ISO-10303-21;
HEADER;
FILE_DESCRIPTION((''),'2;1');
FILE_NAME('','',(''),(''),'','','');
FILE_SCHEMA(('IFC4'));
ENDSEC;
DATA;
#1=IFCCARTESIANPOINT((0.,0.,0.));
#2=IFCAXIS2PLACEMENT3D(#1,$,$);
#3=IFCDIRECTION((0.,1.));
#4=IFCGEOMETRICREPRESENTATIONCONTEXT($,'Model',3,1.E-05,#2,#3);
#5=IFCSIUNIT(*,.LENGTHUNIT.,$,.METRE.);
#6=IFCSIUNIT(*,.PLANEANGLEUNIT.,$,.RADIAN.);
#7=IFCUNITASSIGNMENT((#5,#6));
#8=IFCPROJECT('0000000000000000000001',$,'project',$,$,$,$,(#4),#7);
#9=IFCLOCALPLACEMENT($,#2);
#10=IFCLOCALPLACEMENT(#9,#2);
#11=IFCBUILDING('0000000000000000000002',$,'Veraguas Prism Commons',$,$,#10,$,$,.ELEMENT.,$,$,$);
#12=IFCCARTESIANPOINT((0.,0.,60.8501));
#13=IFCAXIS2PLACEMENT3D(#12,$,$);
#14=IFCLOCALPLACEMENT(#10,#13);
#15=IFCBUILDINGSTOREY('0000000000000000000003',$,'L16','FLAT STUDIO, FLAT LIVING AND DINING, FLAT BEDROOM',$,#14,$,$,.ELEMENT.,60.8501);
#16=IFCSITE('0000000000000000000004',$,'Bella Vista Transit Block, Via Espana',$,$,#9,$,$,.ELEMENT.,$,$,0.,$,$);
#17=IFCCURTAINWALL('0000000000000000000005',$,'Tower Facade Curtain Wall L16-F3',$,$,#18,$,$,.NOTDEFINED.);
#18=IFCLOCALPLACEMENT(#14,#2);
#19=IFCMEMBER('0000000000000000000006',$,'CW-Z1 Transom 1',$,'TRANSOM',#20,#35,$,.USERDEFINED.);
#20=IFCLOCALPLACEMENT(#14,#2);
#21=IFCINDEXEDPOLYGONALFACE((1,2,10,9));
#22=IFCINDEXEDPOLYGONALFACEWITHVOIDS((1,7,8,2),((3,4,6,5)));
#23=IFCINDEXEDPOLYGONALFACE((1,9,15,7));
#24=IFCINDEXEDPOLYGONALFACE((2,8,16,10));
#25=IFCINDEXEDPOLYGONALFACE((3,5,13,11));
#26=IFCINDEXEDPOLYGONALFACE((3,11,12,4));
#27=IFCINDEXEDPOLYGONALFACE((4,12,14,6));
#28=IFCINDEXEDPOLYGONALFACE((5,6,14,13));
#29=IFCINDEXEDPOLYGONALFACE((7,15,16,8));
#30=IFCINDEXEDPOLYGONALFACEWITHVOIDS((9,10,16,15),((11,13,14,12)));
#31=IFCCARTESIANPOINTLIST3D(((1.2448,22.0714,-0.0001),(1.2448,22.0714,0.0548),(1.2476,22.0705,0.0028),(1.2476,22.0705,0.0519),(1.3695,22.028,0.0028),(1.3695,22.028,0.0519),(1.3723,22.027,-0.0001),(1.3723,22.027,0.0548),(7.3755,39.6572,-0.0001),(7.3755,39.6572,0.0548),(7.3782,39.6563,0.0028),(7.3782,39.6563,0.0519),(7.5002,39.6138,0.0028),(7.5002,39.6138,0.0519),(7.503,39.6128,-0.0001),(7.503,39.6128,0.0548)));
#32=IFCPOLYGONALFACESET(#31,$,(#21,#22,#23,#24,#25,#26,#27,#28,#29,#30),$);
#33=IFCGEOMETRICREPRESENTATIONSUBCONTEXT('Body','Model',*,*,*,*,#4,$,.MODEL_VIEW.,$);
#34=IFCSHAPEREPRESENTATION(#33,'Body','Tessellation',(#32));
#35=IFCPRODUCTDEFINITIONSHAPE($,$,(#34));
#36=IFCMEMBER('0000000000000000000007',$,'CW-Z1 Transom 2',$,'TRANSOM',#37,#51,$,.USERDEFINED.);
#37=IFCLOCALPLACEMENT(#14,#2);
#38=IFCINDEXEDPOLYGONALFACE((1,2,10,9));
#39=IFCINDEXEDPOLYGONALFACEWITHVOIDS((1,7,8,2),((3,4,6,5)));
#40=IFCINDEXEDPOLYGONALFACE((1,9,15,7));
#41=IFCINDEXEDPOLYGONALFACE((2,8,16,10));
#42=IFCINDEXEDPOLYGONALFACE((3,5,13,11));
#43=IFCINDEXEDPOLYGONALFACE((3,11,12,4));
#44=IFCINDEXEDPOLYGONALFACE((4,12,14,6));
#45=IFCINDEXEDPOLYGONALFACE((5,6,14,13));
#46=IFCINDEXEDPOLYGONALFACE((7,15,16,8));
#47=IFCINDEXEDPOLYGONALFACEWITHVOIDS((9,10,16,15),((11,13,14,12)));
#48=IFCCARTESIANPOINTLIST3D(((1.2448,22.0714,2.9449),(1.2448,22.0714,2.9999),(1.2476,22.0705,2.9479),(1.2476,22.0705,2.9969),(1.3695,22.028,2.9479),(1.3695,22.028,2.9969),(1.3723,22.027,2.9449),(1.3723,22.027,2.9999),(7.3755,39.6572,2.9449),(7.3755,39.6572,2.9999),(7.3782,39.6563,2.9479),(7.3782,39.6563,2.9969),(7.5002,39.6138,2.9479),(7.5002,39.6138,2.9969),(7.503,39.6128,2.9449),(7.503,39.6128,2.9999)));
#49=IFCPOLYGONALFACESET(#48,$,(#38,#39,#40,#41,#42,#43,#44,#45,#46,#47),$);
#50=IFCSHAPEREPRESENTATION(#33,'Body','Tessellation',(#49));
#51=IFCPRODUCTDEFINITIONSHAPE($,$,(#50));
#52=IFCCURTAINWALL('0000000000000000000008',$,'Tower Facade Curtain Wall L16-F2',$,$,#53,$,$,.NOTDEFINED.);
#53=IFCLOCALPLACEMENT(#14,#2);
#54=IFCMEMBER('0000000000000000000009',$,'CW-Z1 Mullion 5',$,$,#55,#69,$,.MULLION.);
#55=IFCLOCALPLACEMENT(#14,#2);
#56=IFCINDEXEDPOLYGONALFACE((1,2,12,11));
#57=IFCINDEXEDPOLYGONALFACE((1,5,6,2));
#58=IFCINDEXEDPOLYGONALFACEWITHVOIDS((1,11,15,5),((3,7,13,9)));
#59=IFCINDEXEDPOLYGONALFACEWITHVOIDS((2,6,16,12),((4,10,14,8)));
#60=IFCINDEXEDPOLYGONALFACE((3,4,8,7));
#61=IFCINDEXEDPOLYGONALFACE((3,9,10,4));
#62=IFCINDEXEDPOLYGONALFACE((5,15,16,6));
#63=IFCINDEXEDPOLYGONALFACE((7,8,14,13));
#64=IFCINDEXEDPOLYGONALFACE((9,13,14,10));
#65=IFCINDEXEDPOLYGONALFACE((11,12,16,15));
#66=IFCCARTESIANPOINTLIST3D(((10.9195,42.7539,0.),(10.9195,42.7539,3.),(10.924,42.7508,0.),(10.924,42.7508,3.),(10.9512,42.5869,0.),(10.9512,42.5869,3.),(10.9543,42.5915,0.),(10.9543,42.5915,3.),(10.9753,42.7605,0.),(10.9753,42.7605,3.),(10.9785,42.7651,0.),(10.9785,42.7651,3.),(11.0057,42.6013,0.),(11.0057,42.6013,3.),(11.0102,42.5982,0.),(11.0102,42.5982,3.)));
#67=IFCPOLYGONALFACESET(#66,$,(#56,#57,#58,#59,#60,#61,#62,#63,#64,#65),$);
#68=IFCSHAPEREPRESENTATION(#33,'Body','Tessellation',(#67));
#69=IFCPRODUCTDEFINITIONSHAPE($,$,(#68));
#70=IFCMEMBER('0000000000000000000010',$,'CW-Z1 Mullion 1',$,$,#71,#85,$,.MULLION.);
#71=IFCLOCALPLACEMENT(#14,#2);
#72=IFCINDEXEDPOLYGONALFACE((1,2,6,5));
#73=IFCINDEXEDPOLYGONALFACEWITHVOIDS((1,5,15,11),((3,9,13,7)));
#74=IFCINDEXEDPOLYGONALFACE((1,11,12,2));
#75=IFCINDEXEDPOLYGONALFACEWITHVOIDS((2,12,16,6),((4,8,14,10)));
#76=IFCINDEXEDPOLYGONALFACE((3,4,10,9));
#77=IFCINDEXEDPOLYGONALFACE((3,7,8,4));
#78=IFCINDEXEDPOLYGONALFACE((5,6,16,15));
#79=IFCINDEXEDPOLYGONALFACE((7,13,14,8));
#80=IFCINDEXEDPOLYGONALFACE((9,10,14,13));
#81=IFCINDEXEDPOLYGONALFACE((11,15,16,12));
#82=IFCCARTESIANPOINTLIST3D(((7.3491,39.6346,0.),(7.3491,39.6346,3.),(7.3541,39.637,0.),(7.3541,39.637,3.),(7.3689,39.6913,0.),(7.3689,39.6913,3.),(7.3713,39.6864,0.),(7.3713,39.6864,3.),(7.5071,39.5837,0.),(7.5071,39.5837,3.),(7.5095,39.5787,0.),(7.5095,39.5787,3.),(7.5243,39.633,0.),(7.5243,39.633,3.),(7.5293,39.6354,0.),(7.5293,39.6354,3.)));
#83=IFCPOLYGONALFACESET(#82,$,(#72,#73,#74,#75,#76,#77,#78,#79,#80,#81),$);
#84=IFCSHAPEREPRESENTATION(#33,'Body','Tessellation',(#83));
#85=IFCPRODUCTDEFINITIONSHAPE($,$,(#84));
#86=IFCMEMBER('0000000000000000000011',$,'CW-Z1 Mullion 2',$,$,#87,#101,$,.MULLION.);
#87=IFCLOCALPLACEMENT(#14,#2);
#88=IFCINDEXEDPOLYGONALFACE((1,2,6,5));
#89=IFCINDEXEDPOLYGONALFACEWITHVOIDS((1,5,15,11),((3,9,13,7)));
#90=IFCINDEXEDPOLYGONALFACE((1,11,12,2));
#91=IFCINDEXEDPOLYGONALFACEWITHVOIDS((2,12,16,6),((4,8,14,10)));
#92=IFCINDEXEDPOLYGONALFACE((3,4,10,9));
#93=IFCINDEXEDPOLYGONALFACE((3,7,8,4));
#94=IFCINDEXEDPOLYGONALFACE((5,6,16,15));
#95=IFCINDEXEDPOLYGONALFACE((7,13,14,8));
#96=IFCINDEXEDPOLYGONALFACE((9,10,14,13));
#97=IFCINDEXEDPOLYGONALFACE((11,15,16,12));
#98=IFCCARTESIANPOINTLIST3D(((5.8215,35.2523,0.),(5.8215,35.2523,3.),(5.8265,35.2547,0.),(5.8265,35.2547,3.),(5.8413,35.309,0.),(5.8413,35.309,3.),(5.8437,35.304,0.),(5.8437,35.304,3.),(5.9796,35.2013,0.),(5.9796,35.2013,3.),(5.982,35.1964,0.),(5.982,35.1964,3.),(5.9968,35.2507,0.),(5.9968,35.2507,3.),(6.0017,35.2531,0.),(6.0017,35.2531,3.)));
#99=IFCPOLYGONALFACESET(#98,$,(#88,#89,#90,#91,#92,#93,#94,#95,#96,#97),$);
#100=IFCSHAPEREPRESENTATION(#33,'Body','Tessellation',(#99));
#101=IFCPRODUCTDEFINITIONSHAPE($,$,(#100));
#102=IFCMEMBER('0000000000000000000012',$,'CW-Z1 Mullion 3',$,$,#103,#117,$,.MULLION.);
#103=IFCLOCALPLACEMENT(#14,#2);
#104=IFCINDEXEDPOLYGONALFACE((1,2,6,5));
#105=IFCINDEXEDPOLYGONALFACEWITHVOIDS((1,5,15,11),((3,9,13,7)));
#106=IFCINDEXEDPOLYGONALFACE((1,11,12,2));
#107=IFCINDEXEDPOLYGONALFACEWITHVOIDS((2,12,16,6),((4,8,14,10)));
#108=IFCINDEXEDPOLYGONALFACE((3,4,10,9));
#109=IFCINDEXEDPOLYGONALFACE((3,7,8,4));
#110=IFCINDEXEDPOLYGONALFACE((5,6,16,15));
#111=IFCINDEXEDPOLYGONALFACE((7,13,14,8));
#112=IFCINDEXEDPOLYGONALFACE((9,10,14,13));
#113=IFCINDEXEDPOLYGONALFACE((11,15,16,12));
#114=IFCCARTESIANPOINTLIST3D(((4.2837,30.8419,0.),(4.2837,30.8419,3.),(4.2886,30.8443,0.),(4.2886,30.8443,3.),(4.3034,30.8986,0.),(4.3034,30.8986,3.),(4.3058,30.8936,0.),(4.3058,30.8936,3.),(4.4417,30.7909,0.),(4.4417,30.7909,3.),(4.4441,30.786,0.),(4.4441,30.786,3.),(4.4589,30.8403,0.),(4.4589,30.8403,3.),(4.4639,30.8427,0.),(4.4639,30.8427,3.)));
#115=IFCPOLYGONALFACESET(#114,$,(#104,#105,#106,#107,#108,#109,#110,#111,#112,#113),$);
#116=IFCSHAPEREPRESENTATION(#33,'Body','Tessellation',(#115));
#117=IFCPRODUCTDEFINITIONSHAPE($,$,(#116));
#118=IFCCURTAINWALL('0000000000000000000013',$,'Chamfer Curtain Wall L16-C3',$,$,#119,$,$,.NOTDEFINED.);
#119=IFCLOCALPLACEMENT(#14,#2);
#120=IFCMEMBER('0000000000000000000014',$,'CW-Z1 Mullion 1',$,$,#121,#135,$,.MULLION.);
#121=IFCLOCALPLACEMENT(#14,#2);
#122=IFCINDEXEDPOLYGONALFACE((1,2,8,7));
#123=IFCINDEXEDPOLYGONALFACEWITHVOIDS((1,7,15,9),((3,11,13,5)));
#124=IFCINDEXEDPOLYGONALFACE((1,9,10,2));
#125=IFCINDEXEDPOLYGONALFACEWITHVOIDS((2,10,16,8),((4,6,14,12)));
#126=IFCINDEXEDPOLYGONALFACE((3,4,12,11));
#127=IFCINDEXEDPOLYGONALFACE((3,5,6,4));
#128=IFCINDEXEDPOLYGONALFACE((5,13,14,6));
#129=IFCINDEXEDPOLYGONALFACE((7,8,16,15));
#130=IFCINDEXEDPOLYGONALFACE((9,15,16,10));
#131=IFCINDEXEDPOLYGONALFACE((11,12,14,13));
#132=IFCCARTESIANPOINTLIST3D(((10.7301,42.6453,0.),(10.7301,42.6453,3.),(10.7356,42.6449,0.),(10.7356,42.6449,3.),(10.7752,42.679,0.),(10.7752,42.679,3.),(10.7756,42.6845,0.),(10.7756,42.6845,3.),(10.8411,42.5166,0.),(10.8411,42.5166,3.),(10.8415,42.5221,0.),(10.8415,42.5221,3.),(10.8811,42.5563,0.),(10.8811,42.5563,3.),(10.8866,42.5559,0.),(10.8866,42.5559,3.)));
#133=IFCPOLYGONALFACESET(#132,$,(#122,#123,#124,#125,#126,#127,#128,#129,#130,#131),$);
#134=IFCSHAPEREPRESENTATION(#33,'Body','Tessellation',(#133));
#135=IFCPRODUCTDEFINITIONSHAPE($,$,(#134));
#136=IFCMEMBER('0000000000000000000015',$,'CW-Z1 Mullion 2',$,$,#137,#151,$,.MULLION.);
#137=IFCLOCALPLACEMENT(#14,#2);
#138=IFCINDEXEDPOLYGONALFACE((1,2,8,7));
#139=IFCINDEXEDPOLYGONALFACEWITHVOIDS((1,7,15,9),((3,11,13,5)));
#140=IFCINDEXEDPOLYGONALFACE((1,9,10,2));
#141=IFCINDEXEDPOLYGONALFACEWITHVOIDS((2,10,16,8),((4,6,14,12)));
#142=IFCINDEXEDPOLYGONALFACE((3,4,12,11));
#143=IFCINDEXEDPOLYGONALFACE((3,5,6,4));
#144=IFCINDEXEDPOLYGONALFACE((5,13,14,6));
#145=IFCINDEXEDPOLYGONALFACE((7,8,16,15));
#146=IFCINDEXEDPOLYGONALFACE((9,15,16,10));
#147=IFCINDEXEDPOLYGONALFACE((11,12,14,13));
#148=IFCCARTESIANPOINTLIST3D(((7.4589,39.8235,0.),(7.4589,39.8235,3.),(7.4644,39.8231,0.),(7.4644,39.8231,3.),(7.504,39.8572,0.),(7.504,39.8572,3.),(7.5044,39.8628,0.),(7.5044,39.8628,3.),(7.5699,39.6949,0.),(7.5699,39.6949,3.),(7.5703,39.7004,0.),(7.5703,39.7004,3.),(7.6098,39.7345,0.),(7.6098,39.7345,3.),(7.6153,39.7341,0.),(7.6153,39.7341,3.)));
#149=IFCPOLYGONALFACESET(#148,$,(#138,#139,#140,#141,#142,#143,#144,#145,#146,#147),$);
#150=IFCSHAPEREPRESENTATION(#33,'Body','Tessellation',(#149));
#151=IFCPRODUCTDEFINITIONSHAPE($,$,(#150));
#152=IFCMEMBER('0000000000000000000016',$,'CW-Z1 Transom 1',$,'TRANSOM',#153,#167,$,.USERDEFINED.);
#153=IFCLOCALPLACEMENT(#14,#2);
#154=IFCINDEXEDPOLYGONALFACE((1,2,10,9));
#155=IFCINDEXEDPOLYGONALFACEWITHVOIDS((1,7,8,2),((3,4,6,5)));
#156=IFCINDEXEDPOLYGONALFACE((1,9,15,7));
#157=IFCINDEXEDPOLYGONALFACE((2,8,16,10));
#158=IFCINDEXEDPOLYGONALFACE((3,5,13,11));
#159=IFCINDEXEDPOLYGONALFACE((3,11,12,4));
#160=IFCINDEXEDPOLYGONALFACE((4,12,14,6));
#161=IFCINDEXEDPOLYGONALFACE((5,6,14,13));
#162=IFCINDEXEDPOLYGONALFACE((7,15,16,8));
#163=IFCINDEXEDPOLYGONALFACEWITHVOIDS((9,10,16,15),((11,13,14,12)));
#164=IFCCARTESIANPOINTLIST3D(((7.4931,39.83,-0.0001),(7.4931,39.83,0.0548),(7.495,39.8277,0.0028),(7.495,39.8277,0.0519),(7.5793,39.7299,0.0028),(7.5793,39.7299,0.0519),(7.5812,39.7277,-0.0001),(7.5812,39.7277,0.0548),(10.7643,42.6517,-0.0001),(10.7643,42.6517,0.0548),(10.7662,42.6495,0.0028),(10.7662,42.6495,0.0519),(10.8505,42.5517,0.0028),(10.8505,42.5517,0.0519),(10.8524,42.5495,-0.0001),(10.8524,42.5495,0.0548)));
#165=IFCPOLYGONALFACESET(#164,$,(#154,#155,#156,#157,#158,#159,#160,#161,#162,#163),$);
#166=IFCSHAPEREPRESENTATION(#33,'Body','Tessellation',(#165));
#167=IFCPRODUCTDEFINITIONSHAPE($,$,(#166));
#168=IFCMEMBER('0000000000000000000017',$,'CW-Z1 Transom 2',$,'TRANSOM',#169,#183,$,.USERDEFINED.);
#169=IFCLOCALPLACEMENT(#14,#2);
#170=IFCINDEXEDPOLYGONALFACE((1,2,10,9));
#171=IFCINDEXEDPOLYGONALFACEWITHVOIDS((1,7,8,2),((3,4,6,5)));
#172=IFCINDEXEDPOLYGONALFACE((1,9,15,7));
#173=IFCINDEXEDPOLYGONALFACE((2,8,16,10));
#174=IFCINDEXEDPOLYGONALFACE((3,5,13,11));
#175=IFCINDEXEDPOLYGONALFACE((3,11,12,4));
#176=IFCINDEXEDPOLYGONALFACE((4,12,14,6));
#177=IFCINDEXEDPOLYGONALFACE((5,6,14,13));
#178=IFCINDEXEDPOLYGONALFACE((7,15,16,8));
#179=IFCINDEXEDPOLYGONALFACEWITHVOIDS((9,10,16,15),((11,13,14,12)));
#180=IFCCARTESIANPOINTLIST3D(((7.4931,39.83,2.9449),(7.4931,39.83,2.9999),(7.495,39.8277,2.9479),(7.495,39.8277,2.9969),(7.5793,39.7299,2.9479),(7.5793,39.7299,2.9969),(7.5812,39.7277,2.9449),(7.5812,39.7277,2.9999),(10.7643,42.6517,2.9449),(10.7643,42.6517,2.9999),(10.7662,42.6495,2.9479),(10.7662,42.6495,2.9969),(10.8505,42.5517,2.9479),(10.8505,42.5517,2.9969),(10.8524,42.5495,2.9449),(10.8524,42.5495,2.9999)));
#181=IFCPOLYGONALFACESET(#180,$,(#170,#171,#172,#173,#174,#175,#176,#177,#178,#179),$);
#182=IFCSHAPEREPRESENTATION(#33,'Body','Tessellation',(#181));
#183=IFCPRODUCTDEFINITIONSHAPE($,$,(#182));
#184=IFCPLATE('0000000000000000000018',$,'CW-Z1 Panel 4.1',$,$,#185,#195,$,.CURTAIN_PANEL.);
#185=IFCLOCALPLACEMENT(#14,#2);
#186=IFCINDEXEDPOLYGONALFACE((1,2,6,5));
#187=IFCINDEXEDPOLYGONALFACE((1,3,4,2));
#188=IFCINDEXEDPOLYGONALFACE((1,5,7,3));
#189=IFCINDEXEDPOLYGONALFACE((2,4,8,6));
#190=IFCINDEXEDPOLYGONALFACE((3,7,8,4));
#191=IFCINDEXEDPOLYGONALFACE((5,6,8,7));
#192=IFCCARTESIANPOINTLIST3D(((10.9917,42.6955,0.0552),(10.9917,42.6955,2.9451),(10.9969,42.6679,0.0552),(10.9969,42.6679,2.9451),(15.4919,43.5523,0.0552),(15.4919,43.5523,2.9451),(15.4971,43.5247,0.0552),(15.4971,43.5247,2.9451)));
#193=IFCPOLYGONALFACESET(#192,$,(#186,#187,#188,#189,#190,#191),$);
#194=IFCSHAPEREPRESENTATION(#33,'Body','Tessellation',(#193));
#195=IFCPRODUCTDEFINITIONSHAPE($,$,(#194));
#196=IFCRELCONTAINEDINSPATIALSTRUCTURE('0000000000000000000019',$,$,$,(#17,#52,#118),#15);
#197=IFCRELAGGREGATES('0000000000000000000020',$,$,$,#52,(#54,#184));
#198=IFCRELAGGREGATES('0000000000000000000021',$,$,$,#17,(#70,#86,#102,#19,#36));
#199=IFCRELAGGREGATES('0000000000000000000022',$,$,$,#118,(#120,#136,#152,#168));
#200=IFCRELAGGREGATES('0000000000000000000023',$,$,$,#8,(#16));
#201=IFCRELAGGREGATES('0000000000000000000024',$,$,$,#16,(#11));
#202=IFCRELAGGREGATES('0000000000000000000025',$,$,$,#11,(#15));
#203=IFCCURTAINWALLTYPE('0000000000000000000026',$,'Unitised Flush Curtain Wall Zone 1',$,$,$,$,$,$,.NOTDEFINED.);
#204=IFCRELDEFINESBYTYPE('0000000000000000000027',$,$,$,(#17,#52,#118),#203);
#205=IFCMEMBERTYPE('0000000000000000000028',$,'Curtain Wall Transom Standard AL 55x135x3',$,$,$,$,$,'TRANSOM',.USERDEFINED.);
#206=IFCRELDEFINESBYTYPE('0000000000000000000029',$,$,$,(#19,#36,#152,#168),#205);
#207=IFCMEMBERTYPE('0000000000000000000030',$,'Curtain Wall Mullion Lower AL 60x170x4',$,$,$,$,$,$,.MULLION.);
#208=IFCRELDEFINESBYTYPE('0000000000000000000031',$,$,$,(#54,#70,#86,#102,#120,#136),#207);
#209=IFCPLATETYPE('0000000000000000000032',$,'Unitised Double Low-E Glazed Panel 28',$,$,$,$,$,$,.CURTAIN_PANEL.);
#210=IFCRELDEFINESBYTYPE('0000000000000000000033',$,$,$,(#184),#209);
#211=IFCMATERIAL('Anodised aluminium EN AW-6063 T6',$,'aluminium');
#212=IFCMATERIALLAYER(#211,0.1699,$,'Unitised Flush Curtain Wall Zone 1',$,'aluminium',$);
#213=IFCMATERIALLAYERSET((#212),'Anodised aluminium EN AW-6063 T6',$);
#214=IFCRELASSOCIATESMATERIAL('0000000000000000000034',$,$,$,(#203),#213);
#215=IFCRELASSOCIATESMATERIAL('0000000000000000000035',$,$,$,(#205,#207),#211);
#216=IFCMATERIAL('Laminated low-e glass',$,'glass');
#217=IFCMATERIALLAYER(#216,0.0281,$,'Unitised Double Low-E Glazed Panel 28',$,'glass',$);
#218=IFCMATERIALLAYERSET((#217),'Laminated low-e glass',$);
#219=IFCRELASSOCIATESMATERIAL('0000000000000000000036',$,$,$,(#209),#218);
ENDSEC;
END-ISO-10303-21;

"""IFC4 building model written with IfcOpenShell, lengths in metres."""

from ifc_helpers import new_model, si_unit, direction, frame, origin, origin_2d, place, context, subcontext, project, spatial, rectangle, hollow_rectangle, extrude, source, transform, mapped, material, layer, layer_set, material_profile, profile_set, type_object, element, aggregate, save


model = new_model("IFC4")

# Units and contexts
model_context = context("Model", 3, precision=1e-05, world=origin(), true_north=direction((0.0, 1.0)))
body_context = subcontext(model_context, "Body", "Model", "MODEL_VIEW")
ifc_project = project(units=[si_unit("LENGTHUNIT", "METRE"), si_unit("PLANEANGLEUNIT", "RADIAN")], contexts=[model_context])

# Site, building, storey
site_placement = place(None, origin())
site = spatial("IfcSite", under=ifc_project, at=site_placement, Name="Bella Vista Transit Block, Via Espana", CompositionType="ELEMENT", RefElevation=0.0)
building_placement = place(site_placement, origin())
building = spatial("IfcBuilding", under=site, at=building_placement, Name="Veraguas Prism Commons", CompositionType="ELEMENT")
storey_placement = place(building_placement, frame((0.0, 0.0, 60.8501)))
storey = spatial("IfcBuildingStorey", under=building, at=storey_placement, Name="L16", Description="FLAT STUDIO, FLAT LIVING AND DINING, FLAT BEDROOM", CompositionType="ELEMENT", Elevation=60.8501)

# Curtain wall, members
ifc_material_1 = material(Name="Anodised aluminium EN AW-6063 T6", Category="aluminium")
ifc_layer_1 = layer(ifc_material_1, 0.1699, Name="Unitised Flush Curtain Wall Zone 1", Category="aluminium")
ifc_layer_set_1 = layer_set([ifc_layer_1], Name="Anodised aluminium EN AW-6063 T6")
curtain_wall_type = type_object("IfcCurtainWallType", Name="Unitised Flush Curtain Wall Zone 1", PredefinedType="NOTDEFINED", material=ifc_layer_set_1)
curtain_wall_1_placement = place(storey_placement, origin())
curtain_wall_1 = element("IfcCurtainWall", 1, at=curtain_wall_1_placement, inside=storey, type_object=curtain_wall_type, Name="Tower Facade Curtain Wall L16-F3", PredefinedType="NOTDEFINED")
ifc_material_profile_1 = material_profile(ifc_material_1, hollow_rectangle(XDim=0.0549, YDim=0.135, WallThickness=0.0029, at=origin_2d()), Name="AL55X135X3")
ifc_profile_set_1 = profile_set([ifc_material_profile_1], Name="Anodised aluminium EN AW-6063 T6")
member_type_1 = type_object("IfcMemberType", Name="Curtain Wall Transom Standard AL 55x135x3", ElementType="TRANSOM", PredefinedType="USERDEFINED", material=ifc_profile_set_1)
shared_shape_1 = source(origin(), body_context, "Body", "SweptSolid", [
    extrude(hollow_rectangle(XDim=0.0549, YDim=0.135, WallThickness=0.0029, at=origin_2d()), origin(), (0.0, 0.0, 1.0), 18.6238),
])
member_1_placement = place(storey_placement, frame((7.4392, 39.635, 0.0273), z_axis=(-0.329184, -0.944266, 0.0), x_axis=(0.0, 0.0, 1.0)))
member_1 = element("IfcMember", 2, at=member_1_placement, type_object=member_type_1, Name="CW-Z1 Transom 1", ObjectType="TRANSOM", PredefinedType="USERDEFINED", context=body_context, shape_type="MappedRepresentation", body=[
    mapped(shared_shape_1, transform((0.0, 0.0, 0.0), scale=1.0)),
])
member_2_placement = place(storey_placement, frame((7.4392, 39.635, 2.9724), z_axis=(-0.329184, -0.944266, 0.0), x_axis=(0.0, 0.0, 1.0)))
member_2 = element("IfcMember", 3, at=member_2_placement, type_object=member_type_1, Name="CW-Z1 Transom 2", ObjectType="TRANSOM", PredefinedType="USERDEFINED", context=body_context, shape_type="MappedRepresentation", body=[
    mapped(shared_shape_1, transform((0.0, 0.0, 0.0), scale=1.0)),
])

# Curtain wall, member
curtain_wall_2_placement = place(storey_placement, origin())
curtain_wall_2 = element("IfcCurtainWall", 4, at=curtain_wall_2_placement, inside=storey, type_object=curtain_wall_type, Name="Tower Facade Curtain Wall L16-F2", PredefinedType="NOTDEFINED")
ifc_material_profile_2 = material_profile(ifc_material_1, hollow_rectangle(XDim=0.0601, YDim=0.1699, WallThickness=0.0039, at=origin_2d()), Name="AL60X170X4")
ifc_profile_set_2 = profile_set([ifc_material_profile_2], Name="Anodised aluminium EN AW-6063 T6")
member_type_2 = type_object("IfcMemberType", Name="Curtain Wall Mullion Lower AL 60x170x4", PredefinedType="MULLION", material=ifc_profile_set_2)
shared_shape_2 = source(origin(), body_context, "Body", "SweptSolid", [
    extrude(hollow_rectangle(XDim=0.0601, YDim=0.1699, WallThickness=0.0039, at=origin_2d()), origin(), (0.0, 0.0, 1.0), 3.0),
])
member_3_placement = place(storey_placement, frame((10.9648, 42.676, 0.0), z_axis=(0.0, 0.0, 1.0), x_axis=(-0.982353, -0.187038, 0.0)))
member_3 = element("IfcMember", 5, at=member_3_placement, type_object=member_type_2, Name="CW-Z1 Mullion 5", PredefinedType="MULLION", context=body_context, shape_type="MappedRepresentation", body=[
    mapped(shared_shape_2, transform((0.0, 0.0, 0.0), scale=1.0)),
])

# Members
member_4_placement = place(storey_placement, frame((7.4392, 39.635, 0.0), z_axis=(0.0, 0.0, 1.0), x_axis=(-0.329195, -0.944262, 0.0)))
member_4 = element("IfcMember", 6, at=member_4_placement, type_object=member_type_2, Name="CW-Z1 Mullion 1", PredefinedType="MULLION", context=body_context, shape_type="MappedRepresentation", body=[
    mapped(shared_shape_2, transform((0.0, 0.0, 0.0), scale=1.0)),
])
member_5_placement = place(storey_placement, frame((5.9116, 35.2527, 0.0), z_axis=(0.0, 0.0, 1.0), x_axis=(-0.329195, -0.944262, 0.0)))
member_5 = element("IfcMember", 7, at=member_5_placement, type_object=member_type_2, Name="CW-Z1 Mullion 2", PredefinedType="MULLION", context=body_context, shape_type="MappedRepresentation", body=[
    mapped(shared_shape_2, transform((0.0, 0.0, 0.0), scale=1.0)),
])
member_6_placement = place(storey_placement, frame((4.3738, 30.8423, 0.0), z_axis=(0.0, 0.0, 1.0), x_axis=(-0.329195, -0.944262, 0.0)))
member_6 = element("IfcMember", 8, at=member_6_placement, type_object=member_type_2, Name="CW-Z1 Mullion 3", PredefinedType="MULLION", context=body_context, shape_type="MappedRepresentation", body=[
    mapped(shared_shape_2, transform((0.0, 0.0, 0.0), scale=1.0)),
])

# Curtain wall, members
curtain_wall_3_placement = place(storey_placement, origin())
curtain_wall_3 = element("IfcCurtainWall", 9, at=curtain_wall_3_placement, inside=storey, type_object=curtain_wall_type, Name="Chamfer Curtain Wall L16-C3", PredefinedType="NOTDEFINED")
member_7_placement = place(storey_placement, frame((10.8083, 42.6006, 0.0), z_axis=(0.0, 0.0, 1.0), x_axis=(-0.757232, -0.653146, 0.0)))
member_7 = element("IfcMember", 10, at=member_7_placement, type_object=member_type_2, Name="CW-Z1 Mullion 1", PredefinedType="MULLION", context=body_context, shape_type="MappedRepresentation", body=[
    mapped(shared_shape_2, transform((0.0, 0.0, 0.0), scale=1.0)),
])
member_8_placement = place(storey_placement, frame((7.5371, 39.7788, 0.0), z_axis=(0.0, 0.0, 1.0), x_axis=(-0.757232, -0.653146, 0.0)))
member_8 = element("IfcMember", 11, at=member_8_placement, type_object=member_type_2, Name="CW-Z1 Mullion 2", PredefinedType="MULLION", context=body_context, shape_type="MappedRepresentation", body=[
    mapped(shared_shape_2, transform((0.0, 0.0, 0.0), scale=1.0)),
])
shared_shape_3 = source(origin(), body_context, "Body", "SweptSolid", [
    extrude(hollow_rectangle(XDim=0.0549, YDim=0.135, WallThickness=0.0029, at=origin_2d()), origin(), (0.0, 0.0, 1.0), 4.3201),
])
member_9_placement = place(storey_placement, frame((10.8083, 42.6006, 0.0273), z_axis=(-0.75721, -0.653171, 0.0), x_axis=(0.0, 0.0, 1.0)))
member_9 = element("IfcMember", 12, at=member_9_placement, type_object=member_type_1, Name="CW-Z1 Transom 1", ObjectType="TRANSOM", PredefinedType="USERDEFINED", context=body_context, shape_type="MappedRepresentation", body=[
    mapped(shared_shape_3, transform((0.0, 0.0, 0.0), scale=1.0)),
])
member_10_placement = place(storey_placement, frame((10.8083, 42.6006, 2.9724), z_axis=(-0.75721, -0.653171, 0.0), x_axis=(0.0, 0.0, 1.0)))
member_10 = element("IfcMember", 13, at=member_10_placement, type_object=member_type_1, Name="CW-Z1 Transom 2", ObjectType="TRANSOM", PredefinedType="USERDEFINED", context=body_context, shape_type="MappedRepresentation", body=[
    mapped(shared_shape_3, transform((0.0, 0.0, 0.0), scale=1.0)),
])

# Plate
ifc_material_2 = material(Name="Laminated low-e glass", Category="glass")
ifc_layer_2 = layer(ifc_material_2, 0.0281, Name="Unitised Double Low-E Glazed Panel 28", Category="glass")
ifc_layer_set_2 = layer_set([ifc_layer_2], Name="Laminated low-e glass")
plate_type = type_object("IfcPlateType", Name="Unitised Double Low-E Glazed Panel 28", PredefinedType="CURTAIN_PANEL", material=ifc_layer_set_2)
shared_shape_4 = source(origin(), body_context, "Body", "SweptSolid", [
    extrude(rectangle(XDim=4.5811, YDim=0.0281, at=origin_2d()), origin(), (0.0, 0.0, 1.0), 2.8899),
])
plate_1_placement = place(storey_placement, frame((13.2444, 43.1101, 0.0552), z_axis=(0.0, 0.0, 1.0), x_axis=(-0.982353, -0.187038, 0.0)))
plate_1 = element("IfcPlate", 14, at=plate_1_placement, type_object=plate_type, Name="CW-Z1 Panel 4.1", PredefinedType="CURTAIN_PANEL", context=body_context, shape_type="MappedRepresentation", body=[
    mapped(shared_shape_4, transform((0.0, 0.0, 0.0), scale=1.0)),
])
aggregate(curtain_wall_2, [member_3, plate_1])
aggregate(curtain_wall_1, [member_4, member_5, member_6, member_1, member_2])
aggregate(curtain_wall_3, [member_7, member_8, member_9, member_10])

save(model, "model.ifc")
